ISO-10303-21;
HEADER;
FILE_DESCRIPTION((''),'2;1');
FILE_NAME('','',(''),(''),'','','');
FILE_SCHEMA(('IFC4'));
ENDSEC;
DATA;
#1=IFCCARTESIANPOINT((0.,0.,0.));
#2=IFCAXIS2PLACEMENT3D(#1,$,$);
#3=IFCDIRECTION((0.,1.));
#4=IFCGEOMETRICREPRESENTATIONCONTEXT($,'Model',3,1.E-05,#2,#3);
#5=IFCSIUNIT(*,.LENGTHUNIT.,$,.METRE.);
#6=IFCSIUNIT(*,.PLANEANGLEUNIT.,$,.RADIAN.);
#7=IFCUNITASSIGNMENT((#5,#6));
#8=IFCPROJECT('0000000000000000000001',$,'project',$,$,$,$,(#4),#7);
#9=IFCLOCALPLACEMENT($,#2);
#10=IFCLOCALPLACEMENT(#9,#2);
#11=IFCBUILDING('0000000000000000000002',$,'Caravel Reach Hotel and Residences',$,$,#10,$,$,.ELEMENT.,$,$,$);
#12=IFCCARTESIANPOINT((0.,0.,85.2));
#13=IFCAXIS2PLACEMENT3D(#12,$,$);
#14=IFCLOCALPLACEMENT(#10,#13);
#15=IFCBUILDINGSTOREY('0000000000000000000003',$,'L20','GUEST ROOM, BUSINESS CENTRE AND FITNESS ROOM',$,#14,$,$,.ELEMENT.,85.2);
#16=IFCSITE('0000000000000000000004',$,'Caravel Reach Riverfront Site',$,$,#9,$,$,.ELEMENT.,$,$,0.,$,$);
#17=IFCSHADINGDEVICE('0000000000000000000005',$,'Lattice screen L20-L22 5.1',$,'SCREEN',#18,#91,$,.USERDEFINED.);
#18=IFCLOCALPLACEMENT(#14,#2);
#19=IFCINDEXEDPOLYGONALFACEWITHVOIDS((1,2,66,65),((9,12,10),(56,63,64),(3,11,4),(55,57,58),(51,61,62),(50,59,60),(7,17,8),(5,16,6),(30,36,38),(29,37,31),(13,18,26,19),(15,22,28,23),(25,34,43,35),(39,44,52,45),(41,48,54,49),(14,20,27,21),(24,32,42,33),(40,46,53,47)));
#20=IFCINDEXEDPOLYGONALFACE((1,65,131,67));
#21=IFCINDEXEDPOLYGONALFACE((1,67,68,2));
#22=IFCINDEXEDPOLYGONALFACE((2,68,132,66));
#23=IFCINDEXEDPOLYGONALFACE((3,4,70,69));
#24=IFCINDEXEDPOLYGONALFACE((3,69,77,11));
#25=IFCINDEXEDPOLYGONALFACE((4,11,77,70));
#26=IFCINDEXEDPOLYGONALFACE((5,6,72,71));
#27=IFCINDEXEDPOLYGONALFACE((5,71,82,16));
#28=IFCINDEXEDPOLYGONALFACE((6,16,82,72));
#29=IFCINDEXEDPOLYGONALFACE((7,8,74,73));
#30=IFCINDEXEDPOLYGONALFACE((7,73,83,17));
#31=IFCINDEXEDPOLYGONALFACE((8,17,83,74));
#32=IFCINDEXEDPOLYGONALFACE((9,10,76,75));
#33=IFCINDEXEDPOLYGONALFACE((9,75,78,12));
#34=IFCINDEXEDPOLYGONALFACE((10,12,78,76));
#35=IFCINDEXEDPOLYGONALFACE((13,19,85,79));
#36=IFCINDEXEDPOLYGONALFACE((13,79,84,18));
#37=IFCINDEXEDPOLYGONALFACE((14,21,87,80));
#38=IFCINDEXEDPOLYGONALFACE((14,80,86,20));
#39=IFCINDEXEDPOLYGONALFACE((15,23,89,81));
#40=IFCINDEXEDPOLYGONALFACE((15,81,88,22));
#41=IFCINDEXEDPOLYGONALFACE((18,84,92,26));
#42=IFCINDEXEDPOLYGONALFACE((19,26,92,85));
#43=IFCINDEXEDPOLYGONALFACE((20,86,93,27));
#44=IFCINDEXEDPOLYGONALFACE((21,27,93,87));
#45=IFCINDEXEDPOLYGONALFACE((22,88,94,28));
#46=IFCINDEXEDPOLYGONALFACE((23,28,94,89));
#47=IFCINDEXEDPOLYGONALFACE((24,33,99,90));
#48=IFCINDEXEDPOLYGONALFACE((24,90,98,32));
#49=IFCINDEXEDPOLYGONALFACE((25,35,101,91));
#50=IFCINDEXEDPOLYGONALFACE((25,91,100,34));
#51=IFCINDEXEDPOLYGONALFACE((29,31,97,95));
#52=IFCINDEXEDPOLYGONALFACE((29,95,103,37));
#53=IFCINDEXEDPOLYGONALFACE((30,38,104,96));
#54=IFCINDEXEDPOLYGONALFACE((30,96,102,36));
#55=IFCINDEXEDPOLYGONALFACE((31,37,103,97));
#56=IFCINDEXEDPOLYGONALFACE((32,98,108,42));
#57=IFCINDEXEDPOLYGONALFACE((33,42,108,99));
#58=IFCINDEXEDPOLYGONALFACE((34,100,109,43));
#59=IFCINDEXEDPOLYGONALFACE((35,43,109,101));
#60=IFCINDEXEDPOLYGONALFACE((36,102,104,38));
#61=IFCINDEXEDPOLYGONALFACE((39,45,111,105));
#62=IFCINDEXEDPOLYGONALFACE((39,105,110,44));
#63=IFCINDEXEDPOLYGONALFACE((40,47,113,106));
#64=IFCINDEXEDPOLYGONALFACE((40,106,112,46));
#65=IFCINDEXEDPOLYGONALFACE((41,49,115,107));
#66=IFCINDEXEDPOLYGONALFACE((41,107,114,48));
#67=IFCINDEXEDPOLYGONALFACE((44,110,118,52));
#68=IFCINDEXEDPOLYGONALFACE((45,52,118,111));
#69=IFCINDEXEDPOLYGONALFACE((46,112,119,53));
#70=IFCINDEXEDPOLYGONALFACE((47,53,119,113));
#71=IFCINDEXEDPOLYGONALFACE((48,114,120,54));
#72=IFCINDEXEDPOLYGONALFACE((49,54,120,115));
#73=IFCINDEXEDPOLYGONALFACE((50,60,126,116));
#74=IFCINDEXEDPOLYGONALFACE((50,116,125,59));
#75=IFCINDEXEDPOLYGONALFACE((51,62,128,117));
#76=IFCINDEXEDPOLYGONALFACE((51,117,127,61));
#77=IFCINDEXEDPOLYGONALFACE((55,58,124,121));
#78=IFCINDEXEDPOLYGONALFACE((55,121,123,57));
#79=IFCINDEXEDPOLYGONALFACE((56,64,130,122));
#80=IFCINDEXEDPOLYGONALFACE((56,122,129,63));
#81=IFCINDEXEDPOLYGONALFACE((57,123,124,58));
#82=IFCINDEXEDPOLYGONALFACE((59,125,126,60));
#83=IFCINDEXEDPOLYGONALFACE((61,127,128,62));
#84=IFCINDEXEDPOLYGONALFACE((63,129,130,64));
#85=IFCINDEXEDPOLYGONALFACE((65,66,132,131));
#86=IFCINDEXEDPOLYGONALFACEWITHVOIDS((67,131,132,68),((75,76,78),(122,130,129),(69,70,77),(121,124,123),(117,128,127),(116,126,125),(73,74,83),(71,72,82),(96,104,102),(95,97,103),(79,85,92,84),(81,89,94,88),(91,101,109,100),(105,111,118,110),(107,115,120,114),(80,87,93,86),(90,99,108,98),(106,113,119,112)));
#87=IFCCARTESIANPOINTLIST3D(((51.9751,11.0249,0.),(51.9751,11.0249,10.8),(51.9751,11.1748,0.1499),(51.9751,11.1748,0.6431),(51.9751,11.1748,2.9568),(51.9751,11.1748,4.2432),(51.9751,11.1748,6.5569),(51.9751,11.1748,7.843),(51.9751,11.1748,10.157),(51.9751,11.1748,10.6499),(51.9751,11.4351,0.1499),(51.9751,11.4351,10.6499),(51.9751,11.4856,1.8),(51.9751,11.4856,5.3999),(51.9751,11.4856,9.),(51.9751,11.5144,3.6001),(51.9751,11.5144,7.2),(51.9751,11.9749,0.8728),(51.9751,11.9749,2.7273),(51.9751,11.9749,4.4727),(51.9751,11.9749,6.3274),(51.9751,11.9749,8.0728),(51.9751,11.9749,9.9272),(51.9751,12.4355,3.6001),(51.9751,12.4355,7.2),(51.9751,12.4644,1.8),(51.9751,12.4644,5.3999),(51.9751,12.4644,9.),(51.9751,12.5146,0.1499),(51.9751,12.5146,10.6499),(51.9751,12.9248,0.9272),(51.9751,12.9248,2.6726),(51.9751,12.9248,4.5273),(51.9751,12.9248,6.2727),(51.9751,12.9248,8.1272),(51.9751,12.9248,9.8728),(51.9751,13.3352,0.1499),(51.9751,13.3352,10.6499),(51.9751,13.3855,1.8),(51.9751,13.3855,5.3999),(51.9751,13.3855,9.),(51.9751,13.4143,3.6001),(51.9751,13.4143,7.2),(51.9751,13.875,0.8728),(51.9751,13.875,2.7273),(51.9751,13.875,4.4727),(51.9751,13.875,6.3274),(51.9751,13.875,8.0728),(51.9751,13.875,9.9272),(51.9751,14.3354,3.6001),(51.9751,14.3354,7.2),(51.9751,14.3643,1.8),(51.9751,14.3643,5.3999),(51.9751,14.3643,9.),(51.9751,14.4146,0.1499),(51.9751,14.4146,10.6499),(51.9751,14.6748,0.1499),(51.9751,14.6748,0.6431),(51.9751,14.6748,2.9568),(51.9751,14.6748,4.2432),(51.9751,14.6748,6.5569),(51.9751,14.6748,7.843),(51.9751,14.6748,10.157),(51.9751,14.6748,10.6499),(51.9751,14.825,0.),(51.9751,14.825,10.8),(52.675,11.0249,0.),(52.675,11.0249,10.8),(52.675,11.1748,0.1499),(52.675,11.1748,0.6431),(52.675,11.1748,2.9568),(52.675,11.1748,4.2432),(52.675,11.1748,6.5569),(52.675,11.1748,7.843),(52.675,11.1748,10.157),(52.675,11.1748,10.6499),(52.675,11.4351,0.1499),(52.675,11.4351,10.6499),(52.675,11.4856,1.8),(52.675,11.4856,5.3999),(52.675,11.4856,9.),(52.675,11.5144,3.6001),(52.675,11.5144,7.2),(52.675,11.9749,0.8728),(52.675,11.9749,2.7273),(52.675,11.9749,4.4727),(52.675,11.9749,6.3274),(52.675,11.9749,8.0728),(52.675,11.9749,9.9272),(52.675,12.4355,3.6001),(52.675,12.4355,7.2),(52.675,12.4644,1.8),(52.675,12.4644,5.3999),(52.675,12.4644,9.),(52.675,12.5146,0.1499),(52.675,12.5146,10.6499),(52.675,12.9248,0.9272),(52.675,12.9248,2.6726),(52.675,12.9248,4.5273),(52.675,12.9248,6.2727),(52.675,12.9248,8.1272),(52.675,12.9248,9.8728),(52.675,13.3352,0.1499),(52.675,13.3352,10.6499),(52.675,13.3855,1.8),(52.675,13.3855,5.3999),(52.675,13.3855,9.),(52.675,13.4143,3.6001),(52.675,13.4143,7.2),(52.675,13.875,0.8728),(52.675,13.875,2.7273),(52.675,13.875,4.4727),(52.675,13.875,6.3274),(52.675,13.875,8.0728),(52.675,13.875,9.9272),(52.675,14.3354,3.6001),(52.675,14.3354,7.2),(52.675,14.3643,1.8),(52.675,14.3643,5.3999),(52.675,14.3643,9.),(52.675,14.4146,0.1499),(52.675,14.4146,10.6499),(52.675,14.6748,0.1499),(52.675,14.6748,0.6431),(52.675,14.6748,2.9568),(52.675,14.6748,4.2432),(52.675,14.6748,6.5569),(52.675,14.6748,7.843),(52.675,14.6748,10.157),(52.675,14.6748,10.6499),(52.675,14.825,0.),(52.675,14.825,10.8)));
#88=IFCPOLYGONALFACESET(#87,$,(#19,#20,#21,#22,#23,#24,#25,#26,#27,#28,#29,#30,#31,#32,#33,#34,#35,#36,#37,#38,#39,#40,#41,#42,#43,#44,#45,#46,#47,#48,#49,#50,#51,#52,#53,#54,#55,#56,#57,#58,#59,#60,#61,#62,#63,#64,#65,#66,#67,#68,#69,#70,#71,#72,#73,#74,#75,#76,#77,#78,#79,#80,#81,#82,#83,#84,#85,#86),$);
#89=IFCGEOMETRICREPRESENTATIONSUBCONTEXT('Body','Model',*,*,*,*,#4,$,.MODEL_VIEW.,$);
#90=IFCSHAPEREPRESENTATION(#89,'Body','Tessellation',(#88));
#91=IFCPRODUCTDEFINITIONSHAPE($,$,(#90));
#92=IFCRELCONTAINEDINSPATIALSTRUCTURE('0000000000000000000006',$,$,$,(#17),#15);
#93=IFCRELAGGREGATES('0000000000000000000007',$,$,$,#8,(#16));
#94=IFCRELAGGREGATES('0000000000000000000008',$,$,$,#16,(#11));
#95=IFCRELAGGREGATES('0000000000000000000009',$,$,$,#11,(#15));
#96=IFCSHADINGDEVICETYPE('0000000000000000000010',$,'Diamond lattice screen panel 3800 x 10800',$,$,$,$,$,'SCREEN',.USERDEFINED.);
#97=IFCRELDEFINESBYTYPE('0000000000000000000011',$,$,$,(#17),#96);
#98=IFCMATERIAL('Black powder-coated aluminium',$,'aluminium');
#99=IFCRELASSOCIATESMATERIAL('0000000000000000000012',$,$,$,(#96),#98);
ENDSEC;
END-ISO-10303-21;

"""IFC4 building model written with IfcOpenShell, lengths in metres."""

from ifc_helpers import new_model, si_unit, direction, frame, origin, place, context, subcontext, project, spatial, polyline, outline, extrude, material, type_object, element, save


model = new_model("IFC4")

# Units and contexts
model_context = context("Model", 3, precision=1e-05, world=origin(), true_north=direction((0.0, 1.0)))
body_context = subcontext(model_context, "Body", "Model", "MODEL_VIEW")
ifc_project = project(units=[si_unit("LENGTHUNIT", "METRE"), si_unit("PLANEANGLEUNIT", "RADIAN")], contexts=[model_context])

# Site, building, storey
site_placement = place(None, origin())
site = spatial("IfcSite", under=ifc_project, at=site_placement, Name="Caravel Reach Riverfront Site", CompositionType="ELEMENT", RefElevation=0.0)
building_placement = place(site_placement, origin())
building = spatial("IfcBuilding", under=site, at=building_placement, Name="Caravel Reach Hotel and Residences", CompositionType="ELEMENT")
storey_placement = place(building_placement, frame((0.0, 0.0, 85.2)))
storey = spatial("IfcBuildingStorey", under=building, at=storey_placement, Name="L20", Description="GUEST ROOM, BUSINESS CENTRE AND FITNESS ROOM", CompositionType="ELEMENT", Elevation=85.2)

# Shading device
ifc_material_1 = material(Name="Black powder-coated aluminium", Category="aluminium")
shading_device_type_1 = type_object("IfcShadingDeviceType", Name="Diamond lattice screen panel 3800 x 10800", ElementType="SCREEN", PredefinedType="USERDEFINED", material=ifc_material_1)
shading_device_1_placement = place(storey_placement, frame((51.9751, 11.0249, 0.0), z_axis=(1.0, 0.0, 0.0), x_axis=(0.0, 1.0, 0.0)))
element("IfcShadingDevice", 1, at=shading_device_1_placement, inside=storey, type_object=shading_device_type_1, Name="Lattice screen L20-L22 5.1", ObjectType="SCREEN", PredefinedType="USERDEFINED", context=body_context, shape_type="SweptSolid", body=[
    extrude(outline(polyline([(0.0, 0.0), (3.8, 0.0), (3.8, 10.8), (0.0, 10.8), (0.0, 0.0)]), holes=[polyline([(0.4102, 0.1499), (0.1499, 0.6431), (0.1499, 0.1499), (0.4102, 0.1499)]), polyline([(0.4895, 3.6001), (0.1499, 4.2432), (0.1499, 2.9568), (0.4895, 3.6001)]), polyline([(0.4895, 7.2), (0.1499, 7.843), (0.1499, 6.5569), (0.4895, 7.2)]), polyline([(0.1499, 10.157), (0.4102, 10.6499), (0.1499, 10.6499), (0.1499, 10.157)]), polyline([(0.95, 2.7273), (0.4607, 1.8), (0.95, 0.8728), (1.4395, 1.8), (0.95, 2.7273)]), polyline([(0.95, 6.3274), (0.4607, 5.3999), (0.95, 4.4727), (1.4395, 5.3999), (0.95, 6.3274)]), polyline([(0.95, 9.9272), (0.4607, 9.0), (0.95, 8.0728), (1.4395, 9.0), (0.95, 9.9272)]), polyline([(1.8999, 0.9272), (1.4897, 0.1499), (2.3103, 0.1499), (1.8999, 0.9272)]), polyline([(1.8999, 4.5273), (1.4106, 3.6001), (1.8999, 2.6726), (2.3894, 3.6001), (1.8999, 4.5273)]), polyline([(1.8999, 8.1272), (1.4106, 7.2), (1.8999, 6.2727), (2.3894, 7.2), (1.8999, 8.1272)]), polyline([(1.8999, 9.8728), (2.3103, 10.6499), (1.4897, 10.6499), (1.8999, 9.8728)]), polyline([(2.8501, 2.7273), (2.3606, 1.8), (2.8501, 0.8728), (3.3394, 1.8), (2.8501, 2.7273)]), polyline([(2.8501, 6.3274), (2.3606, 5.3999), (2.8501, 4.4727), (3.3394, 5.3999), (2.8501, 6.3274)]), polyline([(2.8501, 9.9272), (2.3606, 9.0), (2.8501, 8.0728), (3.3394, 9.0), (2.8501, 9.9272)]), polyline([(3.6499, 0.6431), (3.3896, 0.1499), (3.6499, 0.1499), (3.6499, 0.6431)]), polyline([(3.3105, 3.6001), (3.6499, 2.9568), (3.6499, 4.2432), (3.3105, 3.6001)]), polyline([(3.3105, 7.2), (3.6499, 6.5569), (3.6499, 7.843), (3.3105, 7.2)]), polyline([(3.3896, 10.6499), (3.6499, 10.157), (3.6499, 10.6499), (3.3896, 10.6499)])]), origin(), (0.0, 0.0, 1.0), 0.7),
])

save(model, "model.ifc")
